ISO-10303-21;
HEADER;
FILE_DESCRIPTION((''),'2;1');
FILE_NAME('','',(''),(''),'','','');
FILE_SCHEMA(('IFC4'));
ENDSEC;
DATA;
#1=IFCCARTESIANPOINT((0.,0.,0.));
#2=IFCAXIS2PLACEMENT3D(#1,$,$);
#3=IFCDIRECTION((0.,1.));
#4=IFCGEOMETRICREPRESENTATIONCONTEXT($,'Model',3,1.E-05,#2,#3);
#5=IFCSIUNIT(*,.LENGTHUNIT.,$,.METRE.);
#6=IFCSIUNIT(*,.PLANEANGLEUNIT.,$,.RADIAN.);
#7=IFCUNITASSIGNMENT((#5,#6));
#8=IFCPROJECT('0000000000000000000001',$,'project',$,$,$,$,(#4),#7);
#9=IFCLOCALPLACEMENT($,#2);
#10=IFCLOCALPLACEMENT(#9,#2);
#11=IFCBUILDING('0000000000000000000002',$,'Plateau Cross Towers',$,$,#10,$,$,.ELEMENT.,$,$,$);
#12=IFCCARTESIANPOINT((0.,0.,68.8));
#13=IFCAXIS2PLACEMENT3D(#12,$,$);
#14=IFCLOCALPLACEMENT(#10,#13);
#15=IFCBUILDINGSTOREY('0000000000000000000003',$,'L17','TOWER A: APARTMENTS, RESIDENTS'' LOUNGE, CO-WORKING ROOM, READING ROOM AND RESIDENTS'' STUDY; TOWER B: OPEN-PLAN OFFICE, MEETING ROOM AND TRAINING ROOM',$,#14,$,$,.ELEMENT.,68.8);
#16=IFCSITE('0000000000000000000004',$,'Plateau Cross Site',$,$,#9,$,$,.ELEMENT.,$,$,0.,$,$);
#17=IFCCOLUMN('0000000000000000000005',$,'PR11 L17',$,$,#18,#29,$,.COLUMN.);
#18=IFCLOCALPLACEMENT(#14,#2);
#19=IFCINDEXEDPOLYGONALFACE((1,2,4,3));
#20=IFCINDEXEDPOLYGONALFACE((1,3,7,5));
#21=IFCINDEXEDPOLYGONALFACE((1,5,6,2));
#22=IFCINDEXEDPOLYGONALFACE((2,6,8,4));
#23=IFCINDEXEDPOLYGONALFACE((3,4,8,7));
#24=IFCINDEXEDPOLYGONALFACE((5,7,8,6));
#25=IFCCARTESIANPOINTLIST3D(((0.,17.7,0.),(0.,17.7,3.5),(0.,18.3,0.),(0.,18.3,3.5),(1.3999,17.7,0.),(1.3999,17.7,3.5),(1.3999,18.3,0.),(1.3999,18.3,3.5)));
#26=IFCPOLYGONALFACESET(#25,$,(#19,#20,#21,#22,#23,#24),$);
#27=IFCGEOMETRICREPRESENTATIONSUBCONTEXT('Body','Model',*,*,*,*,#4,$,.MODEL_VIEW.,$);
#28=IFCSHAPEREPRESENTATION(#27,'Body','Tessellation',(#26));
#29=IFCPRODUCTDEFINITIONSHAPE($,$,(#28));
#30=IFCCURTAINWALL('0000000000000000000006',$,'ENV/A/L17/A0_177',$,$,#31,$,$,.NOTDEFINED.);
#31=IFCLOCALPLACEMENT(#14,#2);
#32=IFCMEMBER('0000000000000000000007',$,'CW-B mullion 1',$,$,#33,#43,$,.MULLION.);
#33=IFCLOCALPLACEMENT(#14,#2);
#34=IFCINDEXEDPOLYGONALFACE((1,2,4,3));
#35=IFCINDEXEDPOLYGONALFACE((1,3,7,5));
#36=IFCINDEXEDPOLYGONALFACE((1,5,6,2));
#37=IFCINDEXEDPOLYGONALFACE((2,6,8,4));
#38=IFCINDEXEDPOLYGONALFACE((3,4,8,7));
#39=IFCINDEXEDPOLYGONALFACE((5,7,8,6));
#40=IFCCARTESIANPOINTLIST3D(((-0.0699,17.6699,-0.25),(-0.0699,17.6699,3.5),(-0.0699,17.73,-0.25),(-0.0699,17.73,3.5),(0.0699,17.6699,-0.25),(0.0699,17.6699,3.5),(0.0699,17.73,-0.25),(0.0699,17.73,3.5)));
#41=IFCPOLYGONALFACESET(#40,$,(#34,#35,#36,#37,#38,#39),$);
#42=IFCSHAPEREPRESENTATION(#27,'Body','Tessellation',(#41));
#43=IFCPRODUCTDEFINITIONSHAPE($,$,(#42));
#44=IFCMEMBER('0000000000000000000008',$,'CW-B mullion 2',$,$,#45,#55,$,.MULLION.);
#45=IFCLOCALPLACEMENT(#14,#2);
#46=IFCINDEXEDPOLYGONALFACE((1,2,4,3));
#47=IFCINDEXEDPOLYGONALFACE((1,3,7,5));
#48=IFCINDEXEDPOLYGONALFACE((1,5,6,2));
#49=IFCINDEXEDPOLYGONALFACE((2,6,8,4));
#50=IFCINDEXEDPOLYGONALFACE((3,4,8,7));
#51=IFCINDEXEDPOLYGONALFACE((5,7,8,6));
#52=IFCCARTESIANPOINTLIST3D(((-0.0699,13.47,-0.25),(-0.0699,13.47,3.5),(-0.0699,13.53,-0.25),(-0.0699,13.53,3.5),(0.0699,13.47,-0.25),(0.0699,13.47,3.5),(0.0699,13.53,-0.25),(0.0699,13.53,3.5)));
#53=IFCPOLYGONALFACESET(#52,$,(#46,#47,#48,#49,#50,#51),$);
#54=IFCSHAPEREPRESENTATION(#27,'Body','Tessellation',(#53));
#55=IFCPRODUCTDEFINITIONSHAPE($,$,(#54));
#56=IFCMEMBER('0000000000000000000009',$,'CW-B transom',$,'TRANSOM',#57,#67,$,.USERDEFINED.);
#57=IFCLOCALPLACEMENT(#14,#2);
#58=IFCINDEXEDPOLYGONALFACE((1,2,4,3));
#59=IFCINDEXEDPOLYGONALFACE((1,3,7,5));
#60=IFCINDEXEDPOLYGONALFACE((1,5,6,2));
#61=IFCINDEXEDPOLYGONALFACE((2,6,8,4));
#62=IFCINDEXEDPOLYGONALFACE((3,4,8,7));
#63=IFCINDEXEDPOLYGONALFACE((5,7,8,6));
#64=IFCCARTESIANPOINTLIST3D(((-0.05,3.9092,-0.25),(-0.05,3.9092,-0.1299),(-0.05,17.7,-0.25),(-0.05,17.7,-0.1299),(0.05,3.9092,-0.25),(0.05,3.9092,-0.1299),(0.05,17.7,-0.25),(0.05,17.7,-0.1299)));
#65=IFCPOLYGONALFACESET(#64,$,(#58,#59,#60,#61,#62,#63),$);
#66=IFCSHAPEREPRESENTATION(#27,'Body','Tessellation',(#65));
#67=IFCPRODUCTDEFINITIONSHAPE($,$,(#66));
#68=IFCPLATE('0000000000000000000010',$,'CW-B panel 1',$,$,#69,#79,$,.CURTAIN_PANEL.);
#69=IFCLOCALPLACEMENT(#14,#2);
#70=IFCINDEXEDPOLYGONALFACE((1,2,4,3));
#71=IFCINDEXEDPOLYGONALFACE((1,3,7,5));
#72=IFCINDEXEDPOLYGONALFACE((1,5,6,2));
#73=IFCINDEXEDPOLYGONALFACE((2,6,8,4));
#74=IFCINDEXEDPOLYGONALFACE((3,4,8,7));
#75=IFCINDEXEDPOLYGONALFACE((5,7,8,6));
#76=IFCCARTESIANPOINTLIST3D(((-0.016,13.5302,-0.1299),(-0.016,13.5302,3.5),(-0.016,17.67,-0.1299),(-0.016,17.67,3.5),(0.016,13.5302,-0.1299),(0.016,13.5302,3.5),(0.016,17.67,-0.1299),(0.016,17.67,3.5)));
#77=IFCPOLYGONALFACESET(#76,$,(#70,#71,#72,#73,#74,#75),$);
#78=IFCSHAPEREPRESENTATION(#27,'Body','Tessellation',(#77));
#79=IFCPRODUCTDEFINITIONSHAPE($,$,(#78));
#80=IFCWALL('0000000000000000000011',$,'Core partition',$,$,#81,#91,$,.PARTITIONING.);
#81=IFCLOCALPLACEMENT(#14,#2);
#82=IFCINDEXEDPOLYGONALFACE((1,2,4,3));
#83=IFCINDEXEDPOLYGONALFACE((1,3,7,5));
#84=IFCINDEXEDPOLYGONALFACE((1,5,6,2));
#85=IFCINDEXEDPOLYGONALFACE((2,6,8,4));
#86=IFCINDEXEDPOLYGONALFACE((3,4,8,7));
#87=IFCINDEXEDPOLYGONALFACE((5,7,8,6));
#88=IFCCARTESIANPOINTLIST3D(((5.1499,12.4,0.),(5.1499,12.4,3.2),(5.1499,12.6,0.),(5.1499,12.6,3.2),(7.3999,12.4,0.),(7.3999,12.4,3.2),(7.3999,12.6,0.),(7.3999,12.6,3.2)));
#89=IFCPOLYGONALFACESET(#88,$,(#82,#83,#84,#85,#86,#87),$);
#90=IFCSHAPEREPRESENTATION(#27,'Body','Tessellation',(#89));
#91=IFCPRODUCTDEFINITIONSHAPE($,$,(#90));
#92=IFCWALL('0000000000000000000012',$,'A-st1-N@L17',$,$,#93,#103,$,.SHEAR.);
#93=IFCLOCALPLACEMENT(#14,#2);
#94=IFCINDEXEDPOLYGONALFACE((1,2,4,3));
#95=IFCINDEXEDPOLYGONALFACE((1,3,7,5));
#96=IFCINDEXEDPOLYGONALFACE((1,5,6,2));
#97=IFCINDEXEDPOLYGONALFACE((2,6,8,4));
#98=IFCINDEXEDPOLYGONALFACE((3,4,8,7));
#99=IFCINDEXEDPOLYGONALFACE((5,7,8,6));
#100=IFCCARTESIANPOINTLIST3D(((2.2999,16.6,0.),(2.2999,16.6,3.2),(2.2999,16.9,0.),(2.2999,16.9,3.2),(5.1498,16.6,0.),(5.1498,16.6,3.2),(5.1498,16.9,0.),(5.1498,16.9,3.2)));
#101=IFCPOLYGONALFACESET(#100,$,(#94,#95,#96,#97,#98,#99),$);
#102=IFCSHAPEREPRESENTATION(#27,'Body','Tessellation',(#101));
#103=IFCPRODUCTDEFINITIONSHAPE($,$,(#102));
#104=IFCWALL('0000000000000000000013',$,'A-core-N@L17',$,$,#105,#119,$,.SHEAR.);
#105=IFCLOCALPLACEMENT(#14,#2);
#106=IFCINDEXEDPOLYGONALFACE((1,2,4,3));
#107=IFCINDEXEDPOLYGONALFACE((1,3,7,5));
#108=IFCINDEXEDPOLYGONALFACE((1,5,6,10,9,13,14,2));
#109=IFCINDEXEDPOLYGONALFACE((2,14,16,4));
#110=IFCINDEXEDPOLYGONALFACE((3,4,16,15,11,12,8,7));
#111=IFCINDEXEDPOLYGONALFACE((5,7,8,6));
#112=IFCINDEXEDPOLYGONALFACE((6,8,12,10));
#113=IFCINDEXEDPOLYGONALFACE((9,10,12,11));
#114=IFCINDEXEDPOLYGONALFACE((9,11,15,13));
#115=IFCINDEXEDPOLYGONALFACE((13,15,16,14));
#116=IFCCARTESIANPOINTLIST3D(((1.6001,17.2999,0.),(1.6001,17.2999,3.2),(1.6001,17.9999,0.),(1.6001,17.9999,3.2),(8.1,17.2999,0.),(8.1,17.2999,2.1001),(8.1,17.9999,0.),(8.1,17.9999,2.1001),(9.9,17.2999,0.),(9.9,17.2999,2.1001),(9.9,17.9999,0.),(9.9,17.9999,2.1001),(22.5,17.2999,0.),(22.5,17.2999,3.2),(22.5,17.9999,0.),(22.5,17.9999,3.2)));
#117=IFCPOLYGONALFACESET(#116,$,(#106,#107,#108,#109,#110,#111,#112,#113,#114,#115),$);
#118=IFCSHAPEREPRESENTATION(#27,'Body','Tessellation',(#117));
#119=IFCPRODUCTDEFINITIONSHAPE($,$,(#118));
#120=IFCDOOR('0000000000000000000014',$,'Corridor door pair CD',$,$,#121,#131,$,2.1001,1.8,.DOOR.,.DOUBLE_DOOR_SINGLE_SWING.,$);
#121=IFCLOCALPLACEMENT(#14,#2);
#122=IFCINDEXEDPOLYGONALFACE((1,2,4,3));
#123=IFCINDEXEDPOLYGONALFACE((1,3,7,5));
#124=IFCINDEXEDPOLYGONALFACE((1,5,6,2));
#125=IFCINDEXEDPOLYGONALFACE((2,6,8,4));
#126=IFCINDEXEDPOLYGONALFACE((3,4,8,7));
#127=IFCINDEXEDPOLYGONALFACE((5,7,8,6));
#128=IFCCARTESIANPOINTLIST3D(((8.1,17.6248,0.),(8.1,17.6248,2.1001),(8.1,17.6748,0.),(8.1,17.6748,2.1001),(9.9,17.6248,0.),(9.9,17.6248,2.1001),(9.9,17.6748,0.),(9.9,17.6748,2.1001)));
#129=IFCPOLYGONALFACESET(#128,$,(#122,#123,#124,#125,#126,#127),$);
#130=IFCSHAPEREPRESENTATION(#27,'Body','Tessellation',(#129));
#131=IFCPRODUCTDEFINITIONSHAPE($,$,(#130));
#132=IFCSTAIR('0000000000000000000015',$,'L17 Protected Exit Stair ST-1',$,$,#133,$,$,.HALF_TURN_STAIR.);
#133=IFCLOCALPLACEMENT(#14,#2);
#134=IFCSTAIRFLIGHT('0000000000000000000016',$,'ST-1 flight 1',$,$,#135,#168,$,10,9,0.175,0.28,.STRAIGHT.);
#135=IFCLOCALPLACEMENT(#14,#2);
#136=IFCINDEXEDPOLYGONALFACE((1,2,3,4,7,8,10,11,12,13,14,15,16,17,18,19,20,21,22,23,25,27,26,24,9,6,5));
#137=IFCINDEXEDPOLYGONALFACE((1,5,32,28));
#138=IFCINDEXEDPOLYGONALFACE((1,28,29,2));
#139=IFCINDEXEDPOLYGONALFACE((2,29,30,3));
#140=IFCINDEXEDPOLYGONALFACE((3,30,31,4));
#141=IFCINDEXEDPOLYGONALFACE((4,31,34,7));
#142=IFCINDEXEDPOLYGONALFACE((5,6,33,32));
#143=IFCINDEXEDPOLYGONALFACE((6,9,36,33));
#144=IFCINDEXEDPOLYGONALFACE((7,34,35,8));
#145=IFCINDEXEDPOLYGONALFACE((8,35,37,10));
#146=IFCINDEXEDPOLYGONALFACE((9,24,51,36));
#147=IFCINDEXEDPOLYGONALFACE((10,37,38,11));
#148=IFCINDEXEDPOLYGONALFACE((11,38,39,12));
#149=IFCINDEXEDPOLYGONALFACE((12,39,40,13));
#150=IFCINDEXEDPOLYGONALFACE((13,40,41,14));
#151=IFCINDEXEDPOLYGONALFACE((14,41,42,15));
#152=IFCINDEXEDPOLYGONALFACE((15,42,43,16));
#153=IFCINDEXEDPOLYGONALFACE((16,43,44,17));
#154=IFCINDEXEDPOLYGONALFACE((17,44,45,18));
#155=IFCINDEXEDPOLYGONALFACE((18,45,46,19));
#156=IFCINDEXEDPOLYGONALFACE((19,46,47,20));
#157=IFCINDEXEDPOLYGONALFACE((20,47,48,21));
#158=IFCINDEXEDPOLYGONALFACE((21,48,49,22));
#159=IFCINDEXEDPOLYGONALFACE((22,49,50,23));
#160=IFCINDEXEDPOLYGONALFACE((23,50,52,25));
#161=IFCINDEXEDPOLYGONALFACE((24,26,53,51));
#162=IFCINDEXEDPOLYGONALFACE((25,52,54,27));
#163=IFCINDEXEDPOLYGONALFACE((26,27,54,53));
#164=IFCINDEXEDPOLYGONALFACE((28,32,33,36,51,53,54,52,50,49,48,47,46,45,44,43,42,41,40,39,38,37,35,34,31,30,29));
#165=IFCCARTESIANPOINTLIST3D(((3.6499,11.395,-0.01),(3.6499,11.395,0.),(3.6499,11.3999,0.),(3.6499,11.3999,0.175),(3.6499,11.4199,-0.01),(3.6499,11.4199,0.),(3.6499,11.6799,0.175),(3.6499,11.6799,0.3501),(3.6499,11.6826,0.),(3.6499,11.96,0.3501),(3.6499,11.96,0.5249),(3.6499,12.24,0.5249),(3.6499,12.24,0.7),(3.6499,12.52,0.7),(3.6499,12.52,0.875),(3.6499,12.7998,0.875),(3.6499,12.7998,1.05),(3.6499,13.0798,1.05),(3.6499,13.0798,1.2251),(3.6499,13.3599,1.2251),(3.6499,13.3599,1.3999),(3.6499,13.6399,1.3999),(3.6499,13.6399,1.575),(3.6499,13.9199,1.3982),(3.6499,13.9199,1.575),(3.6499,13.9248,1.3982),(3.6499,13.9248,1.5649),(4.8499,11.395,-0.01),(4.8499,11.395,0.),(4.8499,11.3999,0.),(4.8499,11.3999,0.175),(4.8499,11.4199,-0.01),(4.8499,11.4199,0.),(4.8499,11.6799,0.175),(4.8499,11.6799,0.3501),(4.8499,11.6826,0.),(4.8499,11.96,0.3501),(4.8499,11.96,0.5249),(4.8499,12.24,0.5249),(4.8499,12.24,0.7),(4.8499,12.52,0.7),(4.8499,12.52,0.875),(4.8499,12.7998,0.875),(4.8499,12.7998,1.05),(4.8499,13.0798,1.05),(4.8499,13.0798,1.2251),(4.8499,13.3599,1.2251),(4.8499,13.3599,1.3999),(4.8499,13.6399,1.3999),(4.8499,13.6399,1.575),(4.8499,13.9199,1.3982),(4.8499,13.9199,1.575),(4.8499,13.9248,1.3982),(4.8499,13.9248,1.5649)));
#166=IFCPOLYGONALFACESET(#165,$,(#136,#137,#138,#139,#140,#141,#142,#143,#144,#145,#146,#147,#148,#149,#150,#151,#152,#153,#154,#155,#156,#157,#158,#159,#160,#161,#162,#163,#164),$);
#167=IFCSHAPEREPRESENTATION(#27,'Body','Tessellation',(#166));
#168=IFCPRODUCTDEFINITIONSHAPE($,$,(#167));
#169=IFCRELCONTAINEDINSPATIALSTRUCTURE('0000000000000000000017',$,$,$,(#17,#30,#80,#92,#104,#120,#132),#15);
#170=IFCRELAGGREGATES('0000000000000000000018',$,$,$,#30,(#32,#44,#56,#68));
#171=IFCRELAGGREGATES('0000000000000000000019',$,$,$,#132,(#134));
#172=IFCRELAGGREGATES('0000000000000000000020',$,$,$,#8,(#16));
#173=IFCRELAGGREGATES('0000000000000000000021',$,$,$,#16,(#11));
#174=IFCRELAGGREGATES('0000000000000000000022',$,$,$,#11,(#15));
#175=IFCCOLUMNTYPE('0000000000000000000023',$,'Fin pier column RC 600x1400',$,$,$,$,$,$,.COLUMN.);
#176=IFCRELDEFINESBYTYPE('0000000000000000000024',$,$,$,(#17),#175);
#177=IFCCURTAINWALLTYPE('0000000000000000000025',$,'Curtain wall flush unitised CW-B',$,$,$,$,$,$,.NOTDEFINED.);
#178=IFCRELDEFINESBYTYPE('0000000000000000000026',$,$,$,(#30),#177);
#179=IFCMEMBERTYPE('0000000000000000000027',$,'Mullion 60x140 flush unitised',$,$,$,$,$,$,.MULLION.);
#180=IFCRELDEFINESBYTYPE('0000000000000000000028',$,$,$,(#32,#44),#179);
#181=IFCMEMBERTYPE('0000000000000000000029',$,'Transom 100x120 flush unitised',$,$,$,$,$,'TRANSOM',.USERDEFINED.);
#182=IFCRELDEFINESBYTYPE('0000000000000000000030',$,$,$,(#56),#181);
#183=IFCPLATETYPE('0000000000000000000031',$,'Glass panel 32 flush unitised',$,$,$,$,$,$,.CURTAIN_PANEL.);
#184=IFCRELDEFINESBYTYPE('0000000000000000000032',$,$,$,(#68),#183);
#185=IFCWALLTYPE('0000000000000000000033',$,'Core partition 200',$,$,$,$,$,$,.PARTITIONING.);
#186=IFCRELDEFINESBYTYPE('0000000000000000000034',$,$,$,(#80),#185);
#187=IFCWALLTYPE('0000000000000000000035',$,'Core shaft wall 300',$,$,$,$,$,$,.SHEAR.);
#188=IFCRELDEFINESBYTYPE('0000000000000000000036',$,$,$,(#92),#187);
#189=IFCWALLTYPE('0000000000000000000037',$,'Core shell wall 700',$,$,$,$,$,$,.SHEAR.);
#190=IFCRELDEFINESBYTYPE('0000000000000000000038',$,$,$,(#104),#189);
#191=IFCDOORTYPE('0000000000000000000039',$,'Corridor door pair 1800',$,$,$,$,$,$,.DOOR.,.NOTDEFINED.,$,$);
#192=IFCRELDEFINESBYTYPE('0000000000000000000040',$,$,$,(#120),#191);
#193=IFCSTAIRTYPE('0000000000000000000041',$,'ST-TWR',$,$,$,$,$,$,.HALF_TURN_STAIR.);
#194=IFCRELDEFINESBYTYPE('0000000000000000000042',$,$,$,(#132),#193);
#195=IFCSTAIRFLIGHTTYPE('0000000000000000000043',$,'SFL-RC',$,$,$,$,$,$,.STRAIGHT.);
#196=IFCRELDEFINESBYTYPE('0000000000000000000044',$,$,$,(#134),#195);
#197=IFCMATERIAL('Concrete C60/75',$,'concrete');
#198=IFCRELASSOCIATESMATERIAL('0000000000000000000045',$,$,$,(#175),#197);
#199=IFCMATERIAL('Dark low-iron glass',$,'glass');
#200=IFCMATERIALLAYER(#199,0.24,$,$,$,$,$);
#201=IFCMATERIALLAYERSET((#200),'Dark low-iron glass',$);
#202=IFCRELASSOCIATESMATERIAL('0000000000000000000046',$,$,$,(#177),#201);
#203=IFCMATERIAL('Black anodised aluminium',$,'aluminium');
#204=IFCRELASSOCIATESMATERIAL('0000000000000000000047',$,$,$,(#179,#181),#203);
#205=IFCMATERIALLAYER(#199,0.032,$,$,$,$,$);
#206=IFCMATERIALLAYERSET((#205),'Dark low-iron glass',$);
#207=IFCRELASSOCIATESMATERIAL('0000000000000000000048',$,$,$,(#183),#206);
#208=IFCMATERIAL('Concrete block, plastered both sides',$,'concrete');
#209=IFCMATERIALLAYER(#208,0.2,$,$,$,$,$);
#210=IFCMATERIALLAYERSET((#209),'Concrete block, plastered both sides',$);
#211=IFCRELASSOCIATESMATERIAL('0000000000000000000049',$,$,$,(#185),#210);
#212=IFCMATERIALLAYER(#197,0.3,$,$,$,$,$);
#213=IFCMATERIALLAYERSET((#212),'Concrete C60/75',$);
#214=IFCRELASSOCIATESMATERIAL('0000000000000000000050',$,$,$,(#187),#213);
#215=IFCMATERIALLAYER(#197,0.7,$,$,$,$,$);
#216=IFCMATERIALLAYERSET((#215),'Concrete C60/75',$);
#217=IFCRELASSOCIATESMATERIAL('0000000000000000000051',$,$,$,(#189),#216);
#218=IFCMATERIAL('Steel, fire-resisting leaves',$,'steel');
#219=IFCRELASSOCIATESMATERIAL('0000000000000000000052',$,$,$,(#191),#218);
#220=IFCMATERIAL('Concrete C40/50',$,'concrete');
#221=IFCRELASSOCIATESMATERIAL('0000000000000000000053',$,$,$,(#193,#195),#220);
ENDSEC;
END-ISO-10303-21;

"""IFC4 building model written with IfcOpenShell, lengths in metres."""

from ifc_helpers import new_model, si_unit, direction, frame, frame_2d, origin, origin_2d, place, context, subcontext, project, spatial, polyline, rectangle, outline, extrude, material, layer, layer_set, material_profile, profile_set, type_object, element, fill, aggregate, save


model = new_model("IFC4")

# Units and contexts
model_context = context("Model", 3, precision=1e-05, world=origin(), true_north=direction((0.0, 1.0)))
body_context = subcontext(model_context, "Body", "Model", "MODEL_VIEW")
ifc_project = project(units=[si_unit("LENGTHUNIT", "METRE"), si_unit("PLANEANGLEUNIT", "RADIAN")], contexts=[model_context])

# Site, building, storey
site_placement = place(None, origin())
site = spatial("IfcSite", under=ifc_project, at=site_placement, Name="Plateau Cross Site", CompositionType="ELEMENT", RefElevation=0.0)
building_placement = place(site_placement, origin())
building = spatial("IfcBuilding", under=site, at=building_placement, Name="Plateau Cross Towers", CompositionType="ELEMENT")
storey_placement = place(building_placement, frame((0.0, 0.0, 68.8)))
storey = spatial("IfcBuildingStorey", under=building, at=storey_placement, Name="L17", Description="TOWER A: APARTMENTS, RESIDENTS' LOUNGE, CO-WORKING ROOM, READING ROOM AND RESIDENTS' STUDY; TOWER B: OPEN-PLAN OFFICE, MEETING ROOM AND TRAINING ROOM", CompositionType="ELEMENT", Elevation=68.8)

# Column
ifc_material_1 = material(Name="Concrete C60/75", Category="concrete")
ifc_material_profile_1 = material_profile(ifc_material_1, rectangle(XDim=0.6001, YDim=1.3999, at=origin_2d()), Name="RC 600x1400")
ifc_profile_set_1 = profile_set([ifc_material_profile_1], Name="Concrete C60/75")
column_type = type_object("IfcColumnType", Name="Fin pier column RC 600x1400", PredefinedType="COLUMN", material=ifc_profile_set_1)
column_placement = place(storey_placement, frame((0.7, 18.0, 0.0), z_axis=(0.0, 0.0, 1.0), x_axis=(0.0, 1.0, 0.0)))
element("IfcColumn", 1, at=column_placement, inside=storey, type_object=column_type, Name="PR11 L17", PredefinedType="COLUMN", context=body_context, shape_type="SweptSolid", body=[
    extrude(rectangle(XDim=0.6001, YDim=1.3999, at=origin_2d()), origin(), (0.0, 0.0, 1.0), 3.5),
])

# Curtain wall, members, plate
ifc_material_2 = material(Name="Dark low-iron glass", Category="glass")
ifc_layer_1 = layer(ifc_material_2, 0.24)
ifc_layer_set_1 = layer_set([ifc_layer_1], Name="Dark low-iron glass")
curtain_wall_type = type_object("IfcCurtainWallType", Name="Curtain wall flush unitised CW-B", PredefinedType="NOTDEFINED", material=ifc_layer_set_1)
curtain_wall_placement = place(storey_placement, origin())
curtain_wall = element("IfcCurtainWall", 2, at=curtain_wall_placement, inside=storey, type_object=curtain_wall_type, Name="ENV/A/L17/A0_177", PredefinedType="NOTDEFINED")
ifc_material_3 = material(Name="Black anodised aluminium", Category="aluminium")
ifc_material_profile_2 = material_profile(ifc_material_3, rectangle(XDim=0.0601, YDim=0.1399, at=origin_2d()), Name="MULLION 60x140")
ifc_profile_set_2 = profile_set([ifc_material_profile_2], Name="Black anodised aluminium")
member_type_1 = type_object("IfcMemberType", Name="Mullion 60x140 flush unitised", PredefinedType="MULLION", material=ifc_profile_set_2)
member_1_placement = place(storey_placement, frame((0.0, 17.7, -0.25), z_axis=(0.0, 0.0, 1.0), x_axis=(0.0, -1.0, 0.0)))
member_1 = element("IfcMember", 3, at=member_1_placement, type_object=member_type_1, Name="CW-B mullion 1", PredefinedType="MULLION", context=body_context, shape_type="SweptSolid", body=[
    extrude(rectangle(XDim=0.0601, YDim=0.1399, at=origin_2d()), origin(), (0.0, 0.0, 1.0), 3.75),
])
member_2_placement = place(storey_placement, frame((0.0, 13.5, -0.25), z_axis=(0.0, 0.0, 1.0), x_axis=(0.0, -1.0, 0.0)))
member_2 = element("IfcMember", 4, at=member_2_placement, type_object=member_type_1, Name="CW-B mullion 2", PredefinedType="MULLION", context=body_context, shape_type="SweptSolid", body=[
    extrude(rectangle(XDim=0.0601, YDim=0.1399, at=origin_2d()), origin(), (0.0, 0.0, 1.0), 3.75),
])
ifc_material_profile_3 = material_profile(ifc_material_3, rectangle(XDim=0.1001, YDim=0.1201, at=origin_2d()), Name="TRANSOM 100x120")
ifc_profile_set_3 = profile_set([ifc_material_profile_3], Name="Black anodised aluminium")
member_type_2 = type_object("IfcMemberType", Name="Transom 100x120 flush unitised", ElementType="TRANSOM", PredefinedType="USERDEFINED", material=ifc_profile_set_3)
member_3_placement = place(storey_placement, frame((0.0, 17.7, -0.1899), z_axis=(0.0, -1.0, 0.0), x_axis=(1.0, 0.0, 0.0)))
member_3 = element("IfcMember", 5, at=member_3_placement, type_object=member_type_2, Name="CW-B transom", ObjectType="TRANSOM", PredefinedType="USERDEFINED", context=body_context, shape_type="SweptSolid", body=[
    extrude(rectangle(XDim=0.1001, YDim=0.1201, at=origin_2d()), origin(), (0.0, 0.0, 1.0), 13.7908),
])
ifc_layer_2 = layer(ifc_material_2, 0.032)
ifc_layer_set_2 = layer_set([ifc_layer_2], Name="Dark low-iron glass")
plate_type = type_object("IfcPlateType", Name="Glass panel 32 flush unitised", PredefinedType="CURTAIN_PANEL", material=ifc_layer_set_2)
plate_placement = place(storey_placement, frame((0.0, 15.6001, -0.1299), z_axis=(0.0, 0.0, 1.0), x_axis=(0.0, -1.0, 0.0)))
plate = element("IfcPlate", 6, at=plate_placement, type_object=plate_type, Name="CW-B panel 1", PredefinedType="CURTAIN_PANEL", context=body_context, shape_type="SweptSolid", body=[
    extrude(rectangle(XDim=4.1399, YDim=0.032, at=origin_2d()), origin(), (0.0, 0.0, 1.0), 3.6299),
])
aggregate(curtain_wall, [member_1, member_2, member_3, plate])

# Walls
ifc_material_4 = material(Name="Concrete block, plastered both sides", Category="concrete")
ifc_layer_3 = layer(ifc_material_4, 0.2)
ifc_layer_set_3 = layer_set([ifc_layer_3], Name="Concrete block, plastered both sides")
wall_type_1 = type_object("IfcWallType", Name="Core partition 200", PredefinedType="PARTITIONING", material=ifc_layer_set_3)
wall_1_placement = place(storey_placement, frame((5.1499, 12.5, 0.0), z_axis=(0.0, 0.0, 1.0), x_axis=(1.0, 0.0, 0.0)))
element("IfcWall", 7, at=wall_1_placement, inside=storey, type_object=wall_type_1, Name="Core partition", PredefinedType="PARTITIONING", context=body_context, shape_type="SweptSolid", body=[
    extrude(rectangle(XDim=2.25, YDim=0.2, at=frame_2d((1.125, 0.0))), origin(), (0.0, 0.0, 1.0), 3.2),
])
ifc_layer_4 = layer(ifc_material_1, 0.3)
ifc_layer_set_4 = layer_set([ifc_layer_4], Name="Concrete C60/75")
wall_type_2 = type_object("IfcWallType", Name="Core shaft wall 300", PredefinedType="SHEAR", material=ifc_layer_set_4)
wall_2_placement = place(storey_placement, frame((2.3, 16.75, 0.0), z_axis=(0.0, 0.0, 1.0), x_axis=(1.0, 0.0, 0.0)))
element("IfcWall", 8, at=wall_2_placement, inside=storey, type_object=wall_type_2, Name="A-st1-N@L17", PredefinedType="SHEAR", context=body_context, shape_type="SweptSolid", body=[
    extrude(rectangle(XDim=2.8499, YDim=0.3, at=frame_2d((1.4248, 0.0))), origin(), (0.0, 0.0, 1.0), 3.2),
])

# Wall, opening, door
ifc_layer_5 = layer(ifc_material_1, 0.7)
ifc_layer_set_5 = layer_set([ifc_layer_5], Name="Concrete C60/75")
wall_type_3 = type_object("IfcWallType", Name="Core shell wall 700", PredefinedType="SHEAR", material=ifc_layer_set_5)
wall_3_placement = place(storey_placement, frame((1.6001, 17.6499, 0.0), z_axis=(0.0, 0.0, 1.0), x_axis=(1.0, 0.0, 0.0)))
wall_3 = element("IfcWall", 9, at=wall_3_placement, inside=storey, type_object=wall_type_3, Name="A-core-N@L17", PredefinedType="SHEAR", context=body_context, shape_type="SweptSolid", body=[
    extrude(rectangle(XDim=20.8999, YDim=0.7, at=frame_2d((10.45, 0.0))), origin(), (0.0, 0.0, 1.0), 3.2),
])
opening_placement = place(wall_3_placement, frame((6.5, 0.0, 0.0)))
opening = element("IfcOpeningElement", 10, at=opening_placement, cuts=wall_3, PredefinedType="OPENING", context=body_context, shape_type="SweptSolid", body=[
    extrude(rectangle(XDim=1.8, YDim=2.1001, at=frame_2d((0.8999, 1.05))), frame((0.0, 0.3599, 0.0), z_axis=(0.0, -1.0, 0.0), x_axis=(1.0, 0.0, 0.0)), (0.0, 0.0, 1.0), 0.72),
])
ifc_material_5 = material(Name="Steel, fire-resisting leaves", Category="steel")
door_type = type_object("IfcDoorType", Name="Corridor door pair 1800", OperationType="NOTDEFINED", PredefinedType="DOOR", material=ifc_material_5)
door_placement = place(opening_placement, origin())
door = element("IfcDoor", 11, at=door_placement, inside=storey, type_object=door_type, Name="Corridor door pair CD", OperationType="DOUBLE_DOOR_SINGLE_SWING", OverallHeight=2.1001, OverallWidth=1.8, PredefinedType="DOOR", context=body_context, shape_type="SweptSolid", body=[
    extrude(rectangle(XDim=1.8, YDim=2.1001, at=frame_2d((0.8999, 1.05))), frame((0.0, 0.0249, 0.0), z_axis=(0.0, -1.0, 0.0), x_axis=(1.0, 0.0, 0.0)), (0.0, 0.0, 1.0), 0.05),
])
fill(opening, door)

# Stair, stair flight
ifc_material_6 = material(Name="Concrete C40/50", Category="concrete")
stair_type = type_object("IfcStairType", Name="ST-TWR", PredefinedType="HALF_TURN_STAIR", material=ifc_material_6)
stair_placement = place(storey_placement, origin())
stair = element("IfcStair", 12, at=stair_placement, inside=storey, type_object=stair_type, Name="L17 Protected Exit Stair ST-1", PredefinedType="HALF_TURN_STAIR")
stair_flight_type = type_object("IfcStairFlightType", Name="SFL-RC", PredefinedType="STRAIGHT", material=ifc_material_6)
stair_flight_1_placement = place(storey_placement, frame((4.25, 11.3999, 0.0), z_axis=(0.0, 0.0, 1.0), x_axis=(0.0, 1.0, 0.0)))
stair_flight_1 = element("IfcStairFlight", 13, at=stair_flight_1_placement, type_object=stair_flight_type, Name="ST-1 flight 1", NumberOfRisers=10, NumberOfTreads=9, PredefinedType="STRAIGHT", RiserHeight=0.175, TreadLength=0.28, context=body_context, shape_type="SweptSolid", body=[
    extrude(outline(polyline([(-0.0049, -0.01), (-0.0049, 0.0), (0.0, 0.0), (0.0, 0.175), (0.28, 0.175), (0.28, 0.3501), (0.5601, 0.3501), (0.5601, 0.5249), (0.8401, 0.5249), (0.8401, 0.7), (1.1201, 0.7), (1.1201, 0.875), (1.3999, 0.875), (1.3999, 1.05), (1.6799, 1.05), (1.6799, 1.2251), (1.96, 1.2251), (1.96, 1.3999), (2.24, 1.3999), (2.24, 1.575), (2.52, 1.575), (2.5249, 1.5649), (2.5249, 1.3982), (2.52, 1.3982), (0.2827, 0.0), (0.02, 0.0), (0.02, -0.01), (-0.0049, -0.01)])), frame((0.0, 0.6001, 0.0), z_axis=(0.0, -1.0, 0.0), x_axis=(1.0, 0.0, 0.0)), (0.0, 0.0, 1.0), 1.2),
])
aggregate(stair, [stair_flight_1])

save(model, "model.ifc")
